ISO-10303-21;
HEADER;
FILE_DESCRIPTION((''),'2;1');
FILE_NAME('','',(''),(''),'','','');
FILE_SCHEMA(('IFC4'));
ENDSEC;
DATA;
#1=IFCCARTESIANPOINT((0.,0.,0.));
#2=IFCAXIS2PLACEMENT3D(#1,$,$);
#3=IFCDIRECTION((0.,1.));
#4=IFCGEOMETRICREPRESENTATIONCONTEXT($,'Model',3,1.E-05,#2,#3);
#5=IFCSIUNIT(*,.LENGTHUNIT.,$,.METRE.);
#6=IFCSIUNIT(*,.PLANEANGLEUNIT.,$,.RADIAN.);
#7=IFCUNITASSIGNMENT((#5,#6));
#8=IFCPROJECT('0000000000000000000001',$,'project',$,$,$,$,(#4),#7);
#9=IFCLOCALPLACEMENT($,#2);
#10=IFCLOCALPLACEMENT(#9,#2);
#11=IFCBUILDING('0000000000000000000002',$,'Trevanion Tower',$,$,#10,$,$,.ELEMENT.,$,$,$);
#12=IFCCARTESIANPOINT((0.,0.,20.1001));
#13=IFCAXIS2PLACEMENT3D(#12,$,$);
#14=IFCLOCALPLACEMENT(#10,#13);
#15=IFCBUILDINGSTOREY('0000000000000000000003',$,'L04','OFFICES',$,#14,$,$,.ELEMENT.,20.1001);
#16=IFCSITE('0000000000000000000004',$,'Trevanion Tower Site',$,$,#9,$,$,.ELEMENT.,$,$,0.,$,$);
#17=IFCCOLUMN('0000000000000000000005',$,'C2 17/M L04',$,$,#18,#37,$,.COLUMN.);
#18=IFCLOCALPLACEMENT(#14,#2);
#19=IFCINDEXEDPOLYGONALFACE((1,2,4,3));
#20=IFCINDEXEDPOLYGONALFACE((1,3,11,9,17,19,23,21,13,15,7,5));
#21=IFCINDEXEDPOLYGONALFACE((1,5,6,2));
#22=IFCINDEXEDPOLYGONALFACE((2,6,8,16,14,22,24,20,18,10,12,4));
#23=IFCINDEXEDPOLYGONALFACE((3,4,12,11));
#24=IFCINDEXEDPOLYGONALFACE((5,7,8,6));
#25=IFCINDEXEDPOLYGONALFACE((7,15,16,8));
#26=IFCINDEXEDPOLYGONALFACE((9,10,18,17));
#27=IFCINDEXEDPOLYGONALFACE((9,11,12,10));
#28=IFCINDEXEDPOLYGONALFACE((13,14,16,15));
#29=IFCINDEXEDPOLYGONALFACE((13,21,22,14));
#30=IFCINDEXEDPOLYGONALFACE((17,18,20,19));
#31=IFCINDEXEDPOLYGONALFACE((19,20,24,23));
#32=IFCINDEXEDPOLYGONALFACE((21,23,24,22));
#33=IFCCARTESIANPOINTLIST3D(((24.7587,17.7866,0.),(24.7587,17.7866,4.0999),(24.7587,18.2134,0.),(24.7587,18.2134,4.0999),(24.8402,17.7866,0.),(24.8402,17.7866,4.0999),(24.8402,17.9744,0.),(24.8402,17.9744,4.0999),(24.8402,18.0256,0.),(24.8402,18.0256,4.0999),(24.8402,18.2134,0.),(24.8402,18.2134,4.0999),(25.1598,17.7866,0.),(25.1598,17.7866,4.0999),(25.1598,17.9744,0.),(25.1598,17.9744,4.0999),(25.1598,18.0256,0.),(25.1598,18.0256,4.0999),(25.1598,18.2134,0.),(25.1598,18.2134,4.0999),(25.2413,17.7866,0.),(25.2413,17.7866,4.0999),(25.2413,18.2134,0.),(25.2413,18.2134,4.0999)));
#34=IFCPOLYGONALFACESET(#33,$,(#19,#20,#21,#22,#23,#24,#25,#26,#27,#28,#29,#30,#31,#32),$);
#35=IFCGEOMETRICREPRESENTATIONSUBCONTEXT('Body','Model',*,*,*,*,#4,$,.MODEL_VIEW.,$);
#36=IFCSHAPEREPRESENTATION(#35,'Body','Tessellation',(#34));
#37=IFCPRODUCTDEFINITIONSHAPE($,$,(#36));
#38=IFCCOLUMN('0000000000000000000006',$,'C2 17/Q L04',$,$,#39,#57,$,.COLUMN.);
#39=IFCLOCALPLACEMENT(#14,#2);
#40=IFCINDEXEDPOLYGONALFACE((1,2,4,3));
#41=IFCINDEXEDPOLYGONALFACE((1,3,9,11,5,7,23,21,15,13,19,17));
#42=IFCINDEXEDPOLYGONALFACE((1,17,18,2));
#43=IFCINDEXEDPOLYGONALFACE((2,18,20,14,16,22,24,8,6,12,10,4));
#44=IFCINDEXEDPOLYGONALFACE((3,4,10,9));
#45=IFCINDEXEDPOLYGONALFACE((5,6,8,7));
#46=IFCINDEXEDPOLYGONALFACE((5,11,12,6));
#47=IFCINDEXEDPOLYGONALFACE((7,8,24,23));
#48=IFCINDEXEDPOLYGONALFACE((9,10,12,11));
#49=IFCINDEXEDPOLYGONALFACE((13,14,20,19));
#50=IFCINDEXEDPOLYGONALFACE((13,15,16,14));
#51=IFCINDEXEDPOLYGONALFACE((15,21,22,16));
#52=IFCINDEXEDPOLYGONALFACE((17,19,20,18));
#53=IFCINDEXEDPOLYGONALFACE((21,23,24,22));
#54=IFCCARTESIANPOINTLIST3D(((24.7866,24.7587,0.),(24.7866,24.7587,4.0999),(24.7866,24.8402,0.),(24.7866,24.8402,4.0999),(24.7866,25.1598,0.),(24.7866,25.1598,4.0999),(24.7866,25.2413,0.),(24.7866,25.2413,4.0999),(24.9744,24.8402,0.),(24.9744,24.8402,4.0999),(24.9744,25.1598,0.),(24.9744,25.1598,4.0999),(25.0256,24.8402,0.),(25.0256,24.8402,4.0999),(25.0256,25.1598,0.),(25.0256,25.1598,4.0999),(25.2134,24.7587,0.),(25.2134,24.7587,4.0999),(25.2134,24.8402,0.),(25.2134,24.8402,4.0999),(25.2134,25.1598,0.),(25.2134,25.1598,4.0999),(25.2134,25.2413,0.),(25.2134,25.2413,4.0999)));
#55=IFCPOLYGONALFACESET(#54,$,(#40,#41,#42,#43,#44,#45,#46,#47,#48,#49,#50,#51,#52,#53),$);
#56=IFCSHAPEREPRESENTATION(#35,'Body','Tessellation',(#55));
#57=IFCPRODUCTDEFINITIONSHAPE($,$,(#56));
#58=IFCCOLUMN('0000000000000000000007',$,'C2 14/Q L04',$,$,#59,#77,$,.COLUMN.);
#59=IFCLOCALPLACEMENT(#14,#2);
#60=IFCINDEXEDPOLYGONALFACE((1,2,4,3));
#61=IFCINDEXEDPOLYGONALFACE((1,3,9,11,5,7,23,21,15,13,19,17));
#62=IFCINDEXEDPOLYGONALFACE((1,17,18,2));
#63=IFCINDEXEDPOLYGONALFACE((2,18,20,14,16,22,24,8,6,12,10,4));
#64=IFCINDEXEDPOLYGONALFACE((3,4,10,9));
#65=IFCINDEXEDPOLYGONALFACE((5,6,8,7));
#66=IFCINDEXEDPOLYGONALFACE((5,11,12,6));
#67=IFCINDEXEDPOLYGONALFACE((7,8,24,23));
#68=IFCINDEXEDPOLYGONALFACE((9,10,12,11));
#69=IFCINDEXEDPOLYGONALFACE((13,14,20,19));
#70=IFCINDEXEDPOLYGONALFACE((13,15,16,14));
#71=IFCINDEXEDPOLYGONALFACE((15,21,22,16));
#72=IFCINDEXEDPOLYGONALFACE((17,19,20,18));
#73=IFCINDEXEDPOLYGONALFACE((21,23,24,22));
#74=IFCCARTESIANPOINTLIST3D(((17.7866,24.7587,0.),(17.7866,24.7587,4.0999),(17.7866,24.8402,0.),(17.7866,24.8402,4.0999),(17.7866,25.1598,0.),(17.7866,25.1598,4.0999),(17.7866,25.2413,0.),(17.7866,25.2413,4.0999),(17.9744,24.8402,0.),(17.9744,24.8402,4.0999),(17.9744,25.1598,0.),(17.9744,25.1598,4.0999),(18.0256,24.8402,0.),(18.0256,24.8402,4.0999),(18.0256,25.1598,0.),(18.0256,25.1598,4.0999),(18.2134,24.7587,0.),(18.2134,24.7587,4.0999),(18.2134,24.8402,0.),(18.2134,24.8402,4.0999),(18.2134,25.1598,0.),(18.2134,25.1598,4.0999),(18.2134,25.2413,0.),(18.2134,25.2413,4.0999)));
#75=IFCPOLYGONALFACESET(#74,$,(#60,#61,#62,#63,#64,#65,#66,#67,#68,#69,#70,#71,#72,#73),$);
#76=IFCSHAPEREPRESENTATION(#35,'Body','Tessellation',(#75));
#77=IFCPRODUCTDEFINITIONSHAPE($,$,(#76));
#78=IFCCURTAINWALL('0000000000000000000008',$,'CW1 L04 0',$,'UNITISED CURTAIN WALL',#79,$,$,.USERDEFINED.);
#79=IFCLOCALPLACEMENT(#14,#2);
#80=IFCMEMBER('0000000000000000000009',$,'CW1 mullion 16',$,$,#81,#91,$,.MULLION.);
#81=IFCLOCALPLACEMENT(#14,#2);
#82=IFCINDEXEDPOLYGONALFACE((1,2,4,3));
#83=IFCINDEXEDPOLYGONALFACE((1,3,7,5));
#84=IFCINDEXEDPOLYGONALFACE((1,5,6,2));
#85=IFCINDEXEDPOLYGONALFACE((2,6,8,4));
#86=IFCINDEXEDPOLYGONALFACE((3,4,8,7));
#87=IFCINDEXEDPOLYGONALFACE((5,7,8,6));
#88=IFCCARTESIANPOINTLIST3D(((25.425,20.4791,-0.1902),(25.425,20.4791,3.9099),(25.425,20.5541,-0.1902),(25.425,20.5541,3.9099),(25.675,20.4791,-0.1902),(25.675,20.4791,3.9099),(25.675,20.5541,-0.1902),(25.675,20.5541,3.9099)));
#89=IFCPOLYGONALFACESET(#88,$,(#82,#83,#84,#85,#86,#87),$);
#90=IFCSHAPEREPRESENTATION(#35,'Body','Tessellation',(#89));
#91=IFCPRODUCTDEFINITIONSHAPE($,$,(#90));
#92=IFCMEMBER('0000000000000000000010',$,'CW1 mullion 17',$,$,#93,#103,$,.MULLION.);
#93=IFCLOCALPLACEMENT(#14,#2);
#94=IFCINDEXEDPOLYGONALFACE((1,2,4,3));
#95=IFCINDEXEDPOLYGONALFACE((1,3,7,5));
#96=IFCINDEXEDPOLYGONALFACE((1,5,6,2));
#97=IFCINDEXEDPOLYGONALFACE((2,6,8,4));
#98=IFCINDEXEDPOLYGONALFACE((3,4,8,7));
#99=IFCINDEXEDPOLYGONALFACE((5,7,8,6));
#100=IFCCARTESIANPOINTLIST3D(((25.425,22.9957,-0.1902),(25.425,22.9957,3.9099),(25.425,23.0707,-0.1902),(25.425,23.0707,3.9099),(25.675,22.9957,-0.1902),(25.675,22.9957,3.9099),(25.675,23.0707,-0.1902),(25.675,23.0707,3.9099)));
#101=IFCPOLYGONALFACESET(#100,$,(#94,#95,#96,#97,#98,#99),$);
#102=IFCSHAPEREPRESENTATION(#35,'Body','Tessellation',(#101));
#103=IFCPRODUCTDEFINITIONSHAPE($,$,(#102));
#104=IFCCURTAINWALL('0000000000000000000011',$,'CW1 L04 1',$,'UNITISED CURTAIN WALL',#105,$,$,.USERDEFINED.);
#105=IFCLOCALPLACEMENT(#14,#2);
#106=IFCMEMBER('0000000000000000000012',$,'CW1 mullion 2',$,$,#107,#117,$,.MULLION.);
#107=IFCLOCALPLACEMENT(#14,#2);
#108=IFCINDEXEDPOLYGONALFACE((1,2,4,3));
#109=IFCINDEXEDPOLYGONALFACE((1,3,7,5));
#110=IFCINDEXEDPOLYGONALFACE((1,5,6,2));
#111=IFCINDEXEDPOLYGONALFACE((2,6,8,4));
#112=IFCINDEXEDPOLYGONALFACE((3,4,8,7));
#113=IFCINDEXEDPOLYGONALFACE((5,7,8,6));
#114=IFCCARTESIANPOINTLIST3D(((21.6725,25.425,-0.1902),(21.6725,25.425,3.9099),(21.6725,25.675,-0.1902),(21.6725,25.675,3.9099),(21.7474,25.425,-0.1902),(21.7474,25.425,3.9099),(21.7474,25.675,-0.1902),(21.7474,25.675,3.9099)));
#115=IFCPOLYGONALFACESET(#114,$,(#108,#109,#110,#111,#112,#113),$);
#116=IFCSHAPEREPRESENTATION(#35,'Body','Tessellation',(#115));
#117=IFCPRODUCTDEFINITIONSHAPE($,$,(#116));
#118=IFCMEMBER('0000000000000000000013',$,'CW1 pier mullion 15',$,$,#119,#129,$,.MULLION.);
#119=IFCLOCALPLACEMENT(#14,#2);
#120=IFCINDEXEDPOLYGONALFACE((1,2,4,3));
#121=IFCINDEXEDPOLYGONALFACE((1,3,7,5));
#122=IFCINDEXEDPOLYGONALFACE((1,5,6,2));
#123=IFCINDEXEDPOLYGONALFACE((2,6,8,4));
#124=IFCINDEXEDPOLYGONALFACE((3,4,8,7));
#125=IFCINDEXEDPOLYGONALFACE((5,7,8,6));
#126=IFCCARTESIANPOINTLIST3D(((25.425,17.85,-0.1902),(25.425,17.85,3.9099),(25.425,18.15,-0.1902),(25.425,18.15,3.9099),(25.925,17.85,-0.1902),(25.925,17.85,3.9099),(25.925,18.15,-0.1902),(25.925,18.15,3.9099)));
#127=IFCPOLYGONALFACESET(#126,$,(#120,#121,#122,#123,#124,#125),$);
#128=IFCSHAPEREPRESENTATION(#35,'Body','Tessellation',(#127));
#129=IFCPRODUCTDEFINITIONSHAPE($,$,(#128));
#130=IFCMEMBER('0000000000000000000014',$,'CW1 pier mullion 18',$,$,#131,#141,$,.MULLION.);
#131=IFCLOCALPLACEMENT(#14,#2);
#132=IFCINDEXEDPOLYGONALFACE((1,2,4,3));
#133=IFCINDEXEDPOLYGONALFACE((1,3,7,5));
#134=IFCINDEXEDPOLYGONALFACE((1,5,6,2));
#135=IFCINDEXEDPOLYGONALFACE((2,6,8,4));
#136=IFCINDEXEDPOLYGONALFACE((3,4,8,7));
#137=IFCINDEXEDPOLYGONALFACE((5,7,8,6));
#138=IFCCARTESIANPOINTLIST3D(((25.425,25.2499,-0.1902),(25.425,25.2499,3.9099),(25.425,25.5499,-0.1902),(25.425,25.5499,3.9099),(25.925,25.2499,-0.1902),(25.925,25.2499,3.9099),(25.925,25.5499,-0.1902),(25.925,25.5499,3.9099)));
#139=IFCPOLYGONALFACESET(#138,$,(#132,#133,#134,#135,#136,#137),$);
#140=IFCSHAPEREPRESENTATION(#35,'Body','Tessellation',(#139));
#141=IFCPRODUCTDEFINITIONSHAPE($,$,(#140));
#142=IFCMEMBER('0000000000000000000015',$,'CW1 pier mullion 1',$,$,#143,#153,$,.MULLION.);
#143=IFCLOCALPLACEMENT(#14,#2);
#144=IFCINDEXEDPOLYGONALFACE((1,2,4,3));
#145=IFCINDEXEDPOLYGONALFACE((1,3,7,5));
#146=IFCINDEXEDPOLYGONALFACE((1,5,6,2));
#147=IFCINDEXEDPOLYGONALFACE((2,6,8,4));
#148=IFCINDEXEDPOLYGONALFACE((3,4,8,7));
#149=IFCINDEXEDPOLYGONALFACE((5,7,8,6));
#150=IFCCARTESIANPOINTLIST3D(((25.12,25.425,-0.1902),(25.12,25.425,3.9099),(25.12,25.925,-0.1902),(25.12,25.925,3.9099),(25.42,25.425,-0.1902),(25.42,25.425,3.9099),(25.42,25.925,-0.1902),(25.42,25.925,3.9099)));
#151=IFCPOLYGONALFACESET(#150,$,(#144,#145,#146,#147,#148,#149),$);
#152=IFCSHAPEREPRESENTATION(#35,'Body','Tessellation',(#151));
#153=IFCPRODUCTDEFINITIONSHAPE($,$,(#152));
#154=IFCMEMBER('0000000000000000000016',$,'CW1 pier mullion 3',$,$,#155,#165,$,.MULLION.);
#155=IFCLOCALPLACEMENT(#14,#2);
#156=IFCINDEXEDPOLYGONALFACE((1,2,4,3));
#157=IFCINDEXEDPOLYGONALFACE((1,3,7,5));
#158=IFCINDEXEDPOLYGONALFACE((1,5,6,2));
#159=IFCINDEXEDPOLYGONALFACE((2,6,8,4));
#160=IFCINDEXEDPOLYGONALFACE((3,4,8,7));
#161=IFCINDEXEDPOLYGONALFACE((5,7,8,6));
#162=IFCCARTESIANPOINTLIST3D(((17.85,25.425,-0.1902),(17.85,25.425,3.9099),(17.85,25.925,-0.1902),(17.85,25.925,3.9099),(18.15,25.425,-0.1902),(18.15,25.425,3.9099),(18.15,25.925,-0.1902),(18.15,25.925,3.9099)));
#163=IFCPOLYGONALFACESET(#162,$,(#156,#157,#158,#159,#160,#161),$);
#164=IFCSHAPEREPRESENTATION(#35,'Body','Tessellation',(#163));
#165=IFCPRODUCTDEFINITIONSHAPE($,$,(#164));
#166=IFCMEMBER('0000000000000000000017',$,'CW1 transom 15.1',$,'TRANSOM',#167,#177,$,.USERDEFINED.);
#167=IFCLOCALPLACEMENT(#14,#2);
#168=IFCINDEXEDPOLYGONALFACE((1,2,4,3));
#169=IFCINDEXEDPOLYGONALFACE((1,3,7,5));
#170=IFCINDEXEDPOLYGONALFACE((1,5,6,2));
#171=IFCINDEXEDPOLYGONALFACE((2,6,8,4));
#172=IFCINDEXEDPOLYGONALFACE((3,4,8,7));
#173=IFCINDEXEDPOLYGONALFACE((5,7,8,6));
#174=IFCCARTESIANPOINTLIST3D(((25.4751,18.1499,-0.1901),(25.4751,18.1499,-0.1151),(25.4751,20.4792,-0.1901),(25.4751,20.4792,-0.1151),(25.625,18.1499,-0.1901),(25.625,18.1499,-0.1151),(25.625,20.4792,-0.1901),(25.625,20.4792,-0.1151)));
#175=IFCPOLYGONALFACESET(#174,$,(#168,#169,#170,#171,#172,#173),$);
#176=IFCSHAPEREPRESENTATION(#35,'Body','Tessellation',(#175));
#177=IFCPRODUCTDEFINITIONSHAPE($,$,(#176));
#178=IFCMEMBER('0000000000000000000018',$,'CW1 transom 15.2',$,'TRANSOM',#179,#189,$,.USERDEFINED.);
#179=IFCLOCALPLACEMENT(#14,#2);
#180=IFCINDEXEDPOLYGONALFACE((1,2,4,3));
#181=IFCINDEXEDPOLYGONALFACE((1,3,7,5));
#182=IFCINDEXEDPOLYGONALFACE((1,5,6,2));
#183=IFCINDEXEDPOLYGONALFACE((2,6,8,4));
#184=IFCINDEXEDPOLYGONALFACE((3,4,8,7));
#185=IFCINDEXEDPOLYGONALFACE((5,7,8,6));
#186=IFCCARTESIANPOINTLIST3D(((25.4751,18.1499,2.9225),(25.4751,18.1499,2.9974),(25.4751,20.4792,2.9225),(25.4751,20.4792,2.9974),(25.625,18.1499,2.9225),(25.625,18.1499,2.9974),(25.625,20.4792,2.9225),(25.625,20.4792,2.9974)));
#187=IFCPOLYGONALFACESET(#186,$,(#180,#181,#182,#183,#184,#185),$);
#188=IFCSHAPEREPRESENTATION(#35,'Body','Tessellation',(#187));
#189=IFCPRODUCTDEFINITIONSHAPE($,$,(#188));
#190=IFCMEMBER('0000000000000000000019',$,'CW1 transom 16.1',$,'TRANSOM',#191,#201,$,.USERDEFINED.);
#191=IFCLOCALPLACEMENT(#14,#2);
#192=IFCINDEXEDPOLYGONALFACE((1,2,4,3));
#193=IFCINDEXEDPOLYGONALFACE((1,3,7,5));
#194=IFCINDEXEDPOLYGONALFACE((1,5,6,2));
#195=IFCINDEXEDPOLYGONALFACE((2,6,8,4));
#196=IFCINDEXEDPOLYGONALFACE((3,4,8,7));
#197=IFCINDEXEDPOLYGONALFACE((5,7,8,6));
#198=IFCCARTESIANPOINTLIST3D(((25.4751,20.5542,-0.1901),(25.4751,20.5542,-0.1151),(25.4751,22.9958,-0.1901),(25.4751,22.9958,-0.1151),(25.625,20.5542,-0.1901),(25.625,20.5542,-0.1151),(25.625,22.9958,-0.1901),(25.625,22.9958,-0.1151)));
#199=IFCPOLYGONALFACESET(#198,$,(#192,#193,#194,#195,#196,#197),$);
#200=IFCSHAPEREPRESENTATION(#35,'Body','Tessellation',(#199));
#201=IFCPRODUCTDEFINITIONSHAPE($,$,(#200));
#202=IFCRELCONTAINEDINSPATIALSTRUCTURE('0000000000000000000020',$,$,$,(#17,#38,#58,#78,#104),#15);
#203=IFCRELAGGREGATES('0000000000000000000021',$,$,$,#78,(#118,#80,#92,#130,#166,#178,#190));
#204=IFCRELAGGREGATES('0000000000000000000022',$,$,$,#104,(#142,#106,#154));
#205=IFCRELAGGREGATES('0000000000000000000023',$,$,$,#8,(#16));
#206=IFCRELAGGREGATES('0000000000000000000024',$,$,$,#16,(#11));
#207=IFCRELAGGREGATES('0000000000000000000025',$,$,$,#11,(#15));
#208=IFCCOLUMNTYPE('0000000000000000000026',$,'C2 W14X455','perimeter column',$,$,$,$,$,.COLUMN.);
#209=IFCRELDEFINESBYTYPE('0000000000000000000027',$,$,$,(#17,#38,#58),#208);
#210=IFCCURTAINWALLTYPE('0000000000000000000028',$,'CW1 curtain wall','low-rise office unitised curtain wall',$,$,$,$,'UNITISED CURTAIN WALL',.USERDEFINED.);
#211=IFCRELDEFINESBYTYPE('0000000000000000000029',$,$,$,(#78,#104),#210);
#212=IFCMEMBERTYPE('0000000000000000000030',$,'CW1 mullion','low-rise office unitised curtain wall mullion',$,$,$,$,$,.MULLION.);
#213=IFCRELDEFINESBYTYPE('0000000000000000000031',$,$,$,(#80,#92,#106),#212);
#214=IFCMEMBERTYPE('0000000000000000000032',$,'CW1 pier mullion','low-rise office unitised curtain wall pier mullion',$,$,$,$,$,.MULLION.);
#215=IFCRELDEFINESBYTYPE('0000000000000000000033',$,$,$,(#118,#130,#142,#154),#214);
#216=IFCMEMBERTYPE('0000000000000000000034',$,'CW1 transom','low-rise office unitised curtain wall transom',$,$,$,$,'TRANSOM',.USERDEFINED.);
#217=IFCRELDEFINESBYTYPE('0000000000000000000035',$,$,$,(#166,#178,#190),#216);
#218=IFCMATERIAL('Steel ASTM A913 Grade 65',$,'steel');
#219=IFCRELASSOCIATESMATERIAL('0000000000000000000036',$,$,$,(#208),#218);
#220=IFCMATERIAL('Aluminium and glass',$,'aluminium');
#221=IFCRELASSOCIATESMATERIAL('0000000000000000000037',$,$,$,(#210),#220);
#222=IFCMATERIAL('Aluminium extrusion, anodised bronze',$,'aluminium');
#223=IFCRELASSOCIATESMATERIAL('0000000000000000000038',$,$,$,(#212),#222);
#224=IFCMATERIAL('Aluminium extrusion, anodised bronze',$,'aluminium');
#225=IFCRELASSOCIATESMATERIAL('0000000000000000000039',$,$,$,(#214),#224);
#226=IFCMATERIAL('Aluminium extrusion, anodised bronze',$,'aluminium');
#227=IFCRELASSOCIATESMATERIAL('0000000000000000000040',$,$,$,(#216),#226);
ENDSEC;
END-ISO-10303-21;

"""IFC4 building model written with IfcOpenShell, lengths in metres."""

from ifc_helpers import new_model, si_unit, direction, frame, origin, origin_2d, place, context, subcontext, project, spatial, rectangle, i_section, extrude, material, material_profile, profile_set, type_object, element, aggregate, save


model = new_model("IFC4")

# Units and contexts
model_context = context("Model", 3, precision=1e-05, world=origin(), true_north=direction((0.0, 1.0)))
body_context = subcontext(model_context, "Body", "Model", "MODEL_VIEW")
ifc_project = project(units=[si_unit("LENGTHUNIT", "METRE"), si_unit("PLANEANGLEUNIT", "RADIAN")], contexts=[model_context])

# Site, building, storey
site_placement = place(None, origin())
site = spatial("IfcSite", under=ifc_project, at=site_placement, Name="Trevanion Tower Site", CompositionType="ELEMENT", RefElevation=0.0)
building_placement = place(site_placement, origin())
building = spatial("IfcBuilding", under=site, at=building_placement, Name="Trevanion Tower", CompositionType="ELEMENT")
storey_placement = place(building_placement, frame((0.0, 0.0, 20.1001)))
storey = spatial("IfcBuildingStorey", under=building, at=storey_placement, Name="L04", Description="OFFICES", CompositionType="ELEMENT", Elevation=20.1001)

# Columns
ifc_material_1 = material(Name="Steel ASTM A913 Grade 65", Category="steel")
ifc_material_profile_1 = material_profile(ifc_material_1, i_section(OverallWidth=0.4268, OverallDepth=0.4827, WebThickness=0.0513, FlangeThickness=0.0815, at=origin_2d()), Name="W14X455")
ifc_profile_set_1 = profile_set([ifc_material_profile_1], Name="Steel ASTM A913 Grade 65")
column_type = type_object("IfcColumnType", Name="C2 W14X455", Description="perimeter column", PredefinedType="COLUMN", material=ifc_profile_set_1)
for number, where, z_axis, x_axis, name in (
    (1, (25.0, 18.0, 0.0), (0.0, 0.0, 1.0), (0.0, 1.0, 0.0), "C2 17/M L04"),
    (2, (25.0, 25.0, 0.0), (0.0, 0.0, 1.0), (1.0, 0.0, 0.0), "C2 17/Q L04"),
    (3, (18.0, 25.0, 0.0), (0.0, 0.0, 1.0), (1.0, 0.0, 0.0), "C2 14/Q L04"),
):
    element("IfcColumn", number, at=place(storey_placement, frame(where, z_axis=z_axis, x_axis=x_axis)), inside=storey, type_object=column_type, Name=name, PredefinedType="COLUMN", context=body_context, shape_type="SweptSolid", body=[
        extrude(i_section(OverallWidth=0.4268, OverallDepth=0.4827, WebThickness=0.0513, FlangeThickness=0.0815, at=origin_2d()), origin(), (0.0, 0.0, 1.0), 4.0999),
    ])

# Curtain wall, members
ifc_material_2 = material(Name="Aluminium and glass", Category="aluminium")
curtain_wall_type = type_object("IfcCurtainWallType", Name="CW1 curtain wall", Description="low-rise office unitised curtain wall", ElementType="UNITISED CURTAIN WALL", PredefinedType="USERDEFINED", material=ifc_material_2)
curtain_wall_1_placement = place(storey_placement, origin())
curtain_wall_1 = element("IfcCurtainWall", 4, at=curtain_wall_1_placement, inside=storey, type_object=curtain_wall_type, Name="CW1 L04 0", ObjectType="UNITISED CURTAIN WALL", PredefinedType="USERDEFINED")
ifc_material_3 = material(Name="Aluminium extrusion, anodised bronze", Category="aluminium")
ifc_material_profile_2 = material_profile(ifc_material_3, rectangle(XDim=0.075, YDim=0.25, at=origin_2d()), Name="CW1 mullion")
ifc_profile_set_2 = profile_set([ifc_material_profile_2], Name="Aluminium extrusion, anodised bronze")
member_type_1 = type_object("IfcMemberType", Name="CW1 mullion", Description="low-rise office unitised curtain wall mullion", PredefinedType="MULLION", material=ifc_profile_set_2)
member_1_placement = place(storey_placement, frame((25.55, 20.5166, -0.1902), z_axis=(0.0, 0.0, 1.0), x_axis=(0.0, 1.0, 0.0)))
member_1 = element("IfcMember", 5, at=member_1_placement, type_object=member_type_1, Name="CW1 mullion 16", PredefinedType="MULLION", context=body_context, shape_type="SweptSolid", body=[
    extrude(rectangle(XDim=0.075, YDim=0.25, at=origin_2d()), origin(), (0.0, 0.0, 1.0), 4.1001),
])
member_2_placement = place(storey_placement, frame((25.55, 23.0332, -0.1902), z_axis=(0.0, 0.0, 1.0), x_axis=(0.0, 1.0, 0.0)))
member_2 = element("IfcMember", 6, at=member_2_placement, type_object=member_type_1, Name="CW1 mullion 17", PredefinedType="MULLION", context=body_context, shape_type="SweptSolid", body=[
    extrude(rectangle(XDim=0.075, YDim=0.25, at=origin_2d()), origin(), (0.0, 0.0, 1.0), 4.1001),
])

# Curtain wall, member
curtain_wall_2_placement = place(storey_placement, origin())
curtain_wall_2 = element("IfcCurtainWall", 7, at=curtain_wall_2_placement, inside=storey, type_object=curtain_wall_type, Name="CW1 L04 1", ObjectType="UNITISED CURTAIN WALL", PredefinedType="USERDEFINED")
member_3_placement = place(storey_placement, frame((21.71, 25.55, -0.1902), z_axis=(0.0, 0.0, 1.0), x_axis=(-1.0, 0.0, 0.0)))
member_3 = element("IfcMember", 8, at=member_3_placement, type_object=member_type_1, Name="CW1 mullion 2", PredefinedType="MULLION", context=body_context, shape_type="SweptSolid", body=[
    extrude(rectangle(XDim=0.075, YDim=0.25, at=origin_2d()), origin(), (0.0, 0.0, 1.0), 4.1001),
])

# Members
ifc_material_4 = material(Name="Aluminium extrusion, anodised bronze", Category="aluminium")
ifc_material_profile_3 = material_profile(ifc_material_4, rectangle(XDim=0.3, YDim=0.5, at=origin_2d()), Name="CW1 pier mullion")
ifc_profile_set_3 = profile_set([ifc_material_profile_3], Name="Aluminium extrusion, anodised bronze")
member_type_2 = type_object("IfcMemberType", Name="CW1 pier mullion", Description="low-rise office unitised curtain wall pier mullion", PredefinedType="MULLION", material=ifc_profile_set_3)
member_4_placement = place(storey_placement, frame((25.675, 18.0, -0.1902), z_axis=(0.0, 0.0, 1.0), x_axis=(0.0, 1.0, 0.0)))
member_4 = element("IfcMember", 9, at=member_4_placement, type_object=member_type_2, Name="CW1 pier mullion 15", PredefinedType="MULLION", context=body_context, shape_type="SweptSolid", body=[
    extrude(rectangle(XDim=0.3, YDim=0.5, at=origin_2d()), origin(), (0.0, 0.0, 1.0), 4.1001),
])
member_5_placement = place(storey_placement, frame((25.675, 25.3999, -0.1902), z_axis=(0.0, 0.0, 1.0), x_axis=(0.0, 1.0, 0.0)))
member_5 = element("IfcMember", 10, at=member_5_placement, type_object=member_type_2, Name="CW1 pier mullion 18", PredefinedType="MULLION", context=body_context, shape_type="SweptSolid", body=[
    extrude(rectangle(XDim=0.3, YDim=0.5, at=origin_2d()), origin(), (0.0, 0.0, 1.0), 4.1001),
])
member_6_placement = place(storey_placement, frame((25.27, 25.675, -0.1902), z_axis=(0.0, 0.0, 1.0), x_axis=(-1.0, 0.0, 0.0)))
member_6 = element("IfcMember", 11, at=member_6_placement, type_object=member_type_2, Name="CW1 pier mullion 1", PredefinedType="MULLION", context=body_context, shape_type="SweptSolid", body=[
    extrude(rectangle(XDim=0.3, YDim=0.5, at=origin_2d()), origin(), (0.0, 0.0, 1.0), 4.1001),
])
member_7_placement = place(storey_placement, frame((18.0, 25.675, -0.1902), z_axis=(0.0, 0.0, 1.0), x_axis=(-1.0, 0.0, 0.0)))
member_7 = element("IfcMember", 12, at=member_7_placement, type_object=member_type_2, Name="CW1 pier mullion 3", PredefinedType="MULLION", context=body_context, shape_type="SweptSolid", body=[
    extrude(rectangle(XDim=0.3, YDim=0.5, at=origin_2d()), origin(), (0.0, 0.0, 1.0), 4.1001),
])
ifc_material_5 = material(Name="Aluminium extrusion, anodised bronze", Category="aluminium")
ifc_material_profile_4 = material_profile(ifc_material_5, rectangle(XDim=0.1499, YDim=0.075, at=origin_2d()), Name="CW1 transom")
ifc_profile_set_4 = profile_set([ifc_material_profile_4], Name="Aluminium extrusion, anodised bronze")
member_type_3 = type_object("IfcMemberType", Name="CW1 transom", Description="low-rise office unitised curtain wall transom", ElementType="TRANSOM", PredefinedType="USERDEFINED", material=ifc_profile_set_4)
member_8_placement = place(storey_placement, frame((25.55, 18.1499, -0.1526), z_axis=(0.0, 1.0, 0.0), x_axis=(-1.0, 0.0, 0.0)))
member_8 = element("IfcMember", 13, at=member_8_placement, type_object=member_type_3, Name="CW1 transom 15.1", ObjectType="TRANSOM", PredefinedType="USERDEFINED", context=body_context, shape_type="SweptSolid", body=[
    extrude(rectangle(XDim=0.1499, YDim=0.075, at=origin_2d()), origin(), (0.0, 0.0, 1.0), 2.3293),
])
member_9_placement = place(storey_placement, frame((25.55, 18.1499, 2.96), z_axis=(0.0, 1.0, 0.0), x_axis=(-1.0, 0.0, 0.0)))
member_9 = element("IfcMember", 14, at=member_9_placement, type_object=member_type_3, Name="CW1 transom 15.2", ObjectType="TRANSOM", PredefinedType="USERDEFINED", context=body_context, shape_type="SweptSolid", body=[
    extrude(rectangle(XDim=0.1499, YDim=0.075, at=origin_2d()), origin(), (0.0, 0.0, 1.0), 2.3293),
])
member_10_placement = place(storey_placement, frame((25.55, 20.5542, -0.1526), z_axis=(0.0, 1.0, 0.0), x_axis=(-1.0, 0.0, 0.0)))
member_10 = element("IfcMember", 15, at=member_10_placement, type_object=member_type_3, Name="CW1 transom 16.1", ObjectType="TRANSOM", PredefinedType="USERDEFINED", context=body_context, shape_type="SweptSolid", body=[
    extrude(rectangle(XDim=0.1499, YDim=0.075, at=origin_2d()), origin(), (0.0, 0.0, 1.0), 2.4417),
])

aggregate(curtain_wall_1, [member_4, member_1, member_2, member_5, member_8, member_9, member_10])
aggregate(curtain_wall_2, [member_6, member_3, member_7])

save(model, "model.ifc")
